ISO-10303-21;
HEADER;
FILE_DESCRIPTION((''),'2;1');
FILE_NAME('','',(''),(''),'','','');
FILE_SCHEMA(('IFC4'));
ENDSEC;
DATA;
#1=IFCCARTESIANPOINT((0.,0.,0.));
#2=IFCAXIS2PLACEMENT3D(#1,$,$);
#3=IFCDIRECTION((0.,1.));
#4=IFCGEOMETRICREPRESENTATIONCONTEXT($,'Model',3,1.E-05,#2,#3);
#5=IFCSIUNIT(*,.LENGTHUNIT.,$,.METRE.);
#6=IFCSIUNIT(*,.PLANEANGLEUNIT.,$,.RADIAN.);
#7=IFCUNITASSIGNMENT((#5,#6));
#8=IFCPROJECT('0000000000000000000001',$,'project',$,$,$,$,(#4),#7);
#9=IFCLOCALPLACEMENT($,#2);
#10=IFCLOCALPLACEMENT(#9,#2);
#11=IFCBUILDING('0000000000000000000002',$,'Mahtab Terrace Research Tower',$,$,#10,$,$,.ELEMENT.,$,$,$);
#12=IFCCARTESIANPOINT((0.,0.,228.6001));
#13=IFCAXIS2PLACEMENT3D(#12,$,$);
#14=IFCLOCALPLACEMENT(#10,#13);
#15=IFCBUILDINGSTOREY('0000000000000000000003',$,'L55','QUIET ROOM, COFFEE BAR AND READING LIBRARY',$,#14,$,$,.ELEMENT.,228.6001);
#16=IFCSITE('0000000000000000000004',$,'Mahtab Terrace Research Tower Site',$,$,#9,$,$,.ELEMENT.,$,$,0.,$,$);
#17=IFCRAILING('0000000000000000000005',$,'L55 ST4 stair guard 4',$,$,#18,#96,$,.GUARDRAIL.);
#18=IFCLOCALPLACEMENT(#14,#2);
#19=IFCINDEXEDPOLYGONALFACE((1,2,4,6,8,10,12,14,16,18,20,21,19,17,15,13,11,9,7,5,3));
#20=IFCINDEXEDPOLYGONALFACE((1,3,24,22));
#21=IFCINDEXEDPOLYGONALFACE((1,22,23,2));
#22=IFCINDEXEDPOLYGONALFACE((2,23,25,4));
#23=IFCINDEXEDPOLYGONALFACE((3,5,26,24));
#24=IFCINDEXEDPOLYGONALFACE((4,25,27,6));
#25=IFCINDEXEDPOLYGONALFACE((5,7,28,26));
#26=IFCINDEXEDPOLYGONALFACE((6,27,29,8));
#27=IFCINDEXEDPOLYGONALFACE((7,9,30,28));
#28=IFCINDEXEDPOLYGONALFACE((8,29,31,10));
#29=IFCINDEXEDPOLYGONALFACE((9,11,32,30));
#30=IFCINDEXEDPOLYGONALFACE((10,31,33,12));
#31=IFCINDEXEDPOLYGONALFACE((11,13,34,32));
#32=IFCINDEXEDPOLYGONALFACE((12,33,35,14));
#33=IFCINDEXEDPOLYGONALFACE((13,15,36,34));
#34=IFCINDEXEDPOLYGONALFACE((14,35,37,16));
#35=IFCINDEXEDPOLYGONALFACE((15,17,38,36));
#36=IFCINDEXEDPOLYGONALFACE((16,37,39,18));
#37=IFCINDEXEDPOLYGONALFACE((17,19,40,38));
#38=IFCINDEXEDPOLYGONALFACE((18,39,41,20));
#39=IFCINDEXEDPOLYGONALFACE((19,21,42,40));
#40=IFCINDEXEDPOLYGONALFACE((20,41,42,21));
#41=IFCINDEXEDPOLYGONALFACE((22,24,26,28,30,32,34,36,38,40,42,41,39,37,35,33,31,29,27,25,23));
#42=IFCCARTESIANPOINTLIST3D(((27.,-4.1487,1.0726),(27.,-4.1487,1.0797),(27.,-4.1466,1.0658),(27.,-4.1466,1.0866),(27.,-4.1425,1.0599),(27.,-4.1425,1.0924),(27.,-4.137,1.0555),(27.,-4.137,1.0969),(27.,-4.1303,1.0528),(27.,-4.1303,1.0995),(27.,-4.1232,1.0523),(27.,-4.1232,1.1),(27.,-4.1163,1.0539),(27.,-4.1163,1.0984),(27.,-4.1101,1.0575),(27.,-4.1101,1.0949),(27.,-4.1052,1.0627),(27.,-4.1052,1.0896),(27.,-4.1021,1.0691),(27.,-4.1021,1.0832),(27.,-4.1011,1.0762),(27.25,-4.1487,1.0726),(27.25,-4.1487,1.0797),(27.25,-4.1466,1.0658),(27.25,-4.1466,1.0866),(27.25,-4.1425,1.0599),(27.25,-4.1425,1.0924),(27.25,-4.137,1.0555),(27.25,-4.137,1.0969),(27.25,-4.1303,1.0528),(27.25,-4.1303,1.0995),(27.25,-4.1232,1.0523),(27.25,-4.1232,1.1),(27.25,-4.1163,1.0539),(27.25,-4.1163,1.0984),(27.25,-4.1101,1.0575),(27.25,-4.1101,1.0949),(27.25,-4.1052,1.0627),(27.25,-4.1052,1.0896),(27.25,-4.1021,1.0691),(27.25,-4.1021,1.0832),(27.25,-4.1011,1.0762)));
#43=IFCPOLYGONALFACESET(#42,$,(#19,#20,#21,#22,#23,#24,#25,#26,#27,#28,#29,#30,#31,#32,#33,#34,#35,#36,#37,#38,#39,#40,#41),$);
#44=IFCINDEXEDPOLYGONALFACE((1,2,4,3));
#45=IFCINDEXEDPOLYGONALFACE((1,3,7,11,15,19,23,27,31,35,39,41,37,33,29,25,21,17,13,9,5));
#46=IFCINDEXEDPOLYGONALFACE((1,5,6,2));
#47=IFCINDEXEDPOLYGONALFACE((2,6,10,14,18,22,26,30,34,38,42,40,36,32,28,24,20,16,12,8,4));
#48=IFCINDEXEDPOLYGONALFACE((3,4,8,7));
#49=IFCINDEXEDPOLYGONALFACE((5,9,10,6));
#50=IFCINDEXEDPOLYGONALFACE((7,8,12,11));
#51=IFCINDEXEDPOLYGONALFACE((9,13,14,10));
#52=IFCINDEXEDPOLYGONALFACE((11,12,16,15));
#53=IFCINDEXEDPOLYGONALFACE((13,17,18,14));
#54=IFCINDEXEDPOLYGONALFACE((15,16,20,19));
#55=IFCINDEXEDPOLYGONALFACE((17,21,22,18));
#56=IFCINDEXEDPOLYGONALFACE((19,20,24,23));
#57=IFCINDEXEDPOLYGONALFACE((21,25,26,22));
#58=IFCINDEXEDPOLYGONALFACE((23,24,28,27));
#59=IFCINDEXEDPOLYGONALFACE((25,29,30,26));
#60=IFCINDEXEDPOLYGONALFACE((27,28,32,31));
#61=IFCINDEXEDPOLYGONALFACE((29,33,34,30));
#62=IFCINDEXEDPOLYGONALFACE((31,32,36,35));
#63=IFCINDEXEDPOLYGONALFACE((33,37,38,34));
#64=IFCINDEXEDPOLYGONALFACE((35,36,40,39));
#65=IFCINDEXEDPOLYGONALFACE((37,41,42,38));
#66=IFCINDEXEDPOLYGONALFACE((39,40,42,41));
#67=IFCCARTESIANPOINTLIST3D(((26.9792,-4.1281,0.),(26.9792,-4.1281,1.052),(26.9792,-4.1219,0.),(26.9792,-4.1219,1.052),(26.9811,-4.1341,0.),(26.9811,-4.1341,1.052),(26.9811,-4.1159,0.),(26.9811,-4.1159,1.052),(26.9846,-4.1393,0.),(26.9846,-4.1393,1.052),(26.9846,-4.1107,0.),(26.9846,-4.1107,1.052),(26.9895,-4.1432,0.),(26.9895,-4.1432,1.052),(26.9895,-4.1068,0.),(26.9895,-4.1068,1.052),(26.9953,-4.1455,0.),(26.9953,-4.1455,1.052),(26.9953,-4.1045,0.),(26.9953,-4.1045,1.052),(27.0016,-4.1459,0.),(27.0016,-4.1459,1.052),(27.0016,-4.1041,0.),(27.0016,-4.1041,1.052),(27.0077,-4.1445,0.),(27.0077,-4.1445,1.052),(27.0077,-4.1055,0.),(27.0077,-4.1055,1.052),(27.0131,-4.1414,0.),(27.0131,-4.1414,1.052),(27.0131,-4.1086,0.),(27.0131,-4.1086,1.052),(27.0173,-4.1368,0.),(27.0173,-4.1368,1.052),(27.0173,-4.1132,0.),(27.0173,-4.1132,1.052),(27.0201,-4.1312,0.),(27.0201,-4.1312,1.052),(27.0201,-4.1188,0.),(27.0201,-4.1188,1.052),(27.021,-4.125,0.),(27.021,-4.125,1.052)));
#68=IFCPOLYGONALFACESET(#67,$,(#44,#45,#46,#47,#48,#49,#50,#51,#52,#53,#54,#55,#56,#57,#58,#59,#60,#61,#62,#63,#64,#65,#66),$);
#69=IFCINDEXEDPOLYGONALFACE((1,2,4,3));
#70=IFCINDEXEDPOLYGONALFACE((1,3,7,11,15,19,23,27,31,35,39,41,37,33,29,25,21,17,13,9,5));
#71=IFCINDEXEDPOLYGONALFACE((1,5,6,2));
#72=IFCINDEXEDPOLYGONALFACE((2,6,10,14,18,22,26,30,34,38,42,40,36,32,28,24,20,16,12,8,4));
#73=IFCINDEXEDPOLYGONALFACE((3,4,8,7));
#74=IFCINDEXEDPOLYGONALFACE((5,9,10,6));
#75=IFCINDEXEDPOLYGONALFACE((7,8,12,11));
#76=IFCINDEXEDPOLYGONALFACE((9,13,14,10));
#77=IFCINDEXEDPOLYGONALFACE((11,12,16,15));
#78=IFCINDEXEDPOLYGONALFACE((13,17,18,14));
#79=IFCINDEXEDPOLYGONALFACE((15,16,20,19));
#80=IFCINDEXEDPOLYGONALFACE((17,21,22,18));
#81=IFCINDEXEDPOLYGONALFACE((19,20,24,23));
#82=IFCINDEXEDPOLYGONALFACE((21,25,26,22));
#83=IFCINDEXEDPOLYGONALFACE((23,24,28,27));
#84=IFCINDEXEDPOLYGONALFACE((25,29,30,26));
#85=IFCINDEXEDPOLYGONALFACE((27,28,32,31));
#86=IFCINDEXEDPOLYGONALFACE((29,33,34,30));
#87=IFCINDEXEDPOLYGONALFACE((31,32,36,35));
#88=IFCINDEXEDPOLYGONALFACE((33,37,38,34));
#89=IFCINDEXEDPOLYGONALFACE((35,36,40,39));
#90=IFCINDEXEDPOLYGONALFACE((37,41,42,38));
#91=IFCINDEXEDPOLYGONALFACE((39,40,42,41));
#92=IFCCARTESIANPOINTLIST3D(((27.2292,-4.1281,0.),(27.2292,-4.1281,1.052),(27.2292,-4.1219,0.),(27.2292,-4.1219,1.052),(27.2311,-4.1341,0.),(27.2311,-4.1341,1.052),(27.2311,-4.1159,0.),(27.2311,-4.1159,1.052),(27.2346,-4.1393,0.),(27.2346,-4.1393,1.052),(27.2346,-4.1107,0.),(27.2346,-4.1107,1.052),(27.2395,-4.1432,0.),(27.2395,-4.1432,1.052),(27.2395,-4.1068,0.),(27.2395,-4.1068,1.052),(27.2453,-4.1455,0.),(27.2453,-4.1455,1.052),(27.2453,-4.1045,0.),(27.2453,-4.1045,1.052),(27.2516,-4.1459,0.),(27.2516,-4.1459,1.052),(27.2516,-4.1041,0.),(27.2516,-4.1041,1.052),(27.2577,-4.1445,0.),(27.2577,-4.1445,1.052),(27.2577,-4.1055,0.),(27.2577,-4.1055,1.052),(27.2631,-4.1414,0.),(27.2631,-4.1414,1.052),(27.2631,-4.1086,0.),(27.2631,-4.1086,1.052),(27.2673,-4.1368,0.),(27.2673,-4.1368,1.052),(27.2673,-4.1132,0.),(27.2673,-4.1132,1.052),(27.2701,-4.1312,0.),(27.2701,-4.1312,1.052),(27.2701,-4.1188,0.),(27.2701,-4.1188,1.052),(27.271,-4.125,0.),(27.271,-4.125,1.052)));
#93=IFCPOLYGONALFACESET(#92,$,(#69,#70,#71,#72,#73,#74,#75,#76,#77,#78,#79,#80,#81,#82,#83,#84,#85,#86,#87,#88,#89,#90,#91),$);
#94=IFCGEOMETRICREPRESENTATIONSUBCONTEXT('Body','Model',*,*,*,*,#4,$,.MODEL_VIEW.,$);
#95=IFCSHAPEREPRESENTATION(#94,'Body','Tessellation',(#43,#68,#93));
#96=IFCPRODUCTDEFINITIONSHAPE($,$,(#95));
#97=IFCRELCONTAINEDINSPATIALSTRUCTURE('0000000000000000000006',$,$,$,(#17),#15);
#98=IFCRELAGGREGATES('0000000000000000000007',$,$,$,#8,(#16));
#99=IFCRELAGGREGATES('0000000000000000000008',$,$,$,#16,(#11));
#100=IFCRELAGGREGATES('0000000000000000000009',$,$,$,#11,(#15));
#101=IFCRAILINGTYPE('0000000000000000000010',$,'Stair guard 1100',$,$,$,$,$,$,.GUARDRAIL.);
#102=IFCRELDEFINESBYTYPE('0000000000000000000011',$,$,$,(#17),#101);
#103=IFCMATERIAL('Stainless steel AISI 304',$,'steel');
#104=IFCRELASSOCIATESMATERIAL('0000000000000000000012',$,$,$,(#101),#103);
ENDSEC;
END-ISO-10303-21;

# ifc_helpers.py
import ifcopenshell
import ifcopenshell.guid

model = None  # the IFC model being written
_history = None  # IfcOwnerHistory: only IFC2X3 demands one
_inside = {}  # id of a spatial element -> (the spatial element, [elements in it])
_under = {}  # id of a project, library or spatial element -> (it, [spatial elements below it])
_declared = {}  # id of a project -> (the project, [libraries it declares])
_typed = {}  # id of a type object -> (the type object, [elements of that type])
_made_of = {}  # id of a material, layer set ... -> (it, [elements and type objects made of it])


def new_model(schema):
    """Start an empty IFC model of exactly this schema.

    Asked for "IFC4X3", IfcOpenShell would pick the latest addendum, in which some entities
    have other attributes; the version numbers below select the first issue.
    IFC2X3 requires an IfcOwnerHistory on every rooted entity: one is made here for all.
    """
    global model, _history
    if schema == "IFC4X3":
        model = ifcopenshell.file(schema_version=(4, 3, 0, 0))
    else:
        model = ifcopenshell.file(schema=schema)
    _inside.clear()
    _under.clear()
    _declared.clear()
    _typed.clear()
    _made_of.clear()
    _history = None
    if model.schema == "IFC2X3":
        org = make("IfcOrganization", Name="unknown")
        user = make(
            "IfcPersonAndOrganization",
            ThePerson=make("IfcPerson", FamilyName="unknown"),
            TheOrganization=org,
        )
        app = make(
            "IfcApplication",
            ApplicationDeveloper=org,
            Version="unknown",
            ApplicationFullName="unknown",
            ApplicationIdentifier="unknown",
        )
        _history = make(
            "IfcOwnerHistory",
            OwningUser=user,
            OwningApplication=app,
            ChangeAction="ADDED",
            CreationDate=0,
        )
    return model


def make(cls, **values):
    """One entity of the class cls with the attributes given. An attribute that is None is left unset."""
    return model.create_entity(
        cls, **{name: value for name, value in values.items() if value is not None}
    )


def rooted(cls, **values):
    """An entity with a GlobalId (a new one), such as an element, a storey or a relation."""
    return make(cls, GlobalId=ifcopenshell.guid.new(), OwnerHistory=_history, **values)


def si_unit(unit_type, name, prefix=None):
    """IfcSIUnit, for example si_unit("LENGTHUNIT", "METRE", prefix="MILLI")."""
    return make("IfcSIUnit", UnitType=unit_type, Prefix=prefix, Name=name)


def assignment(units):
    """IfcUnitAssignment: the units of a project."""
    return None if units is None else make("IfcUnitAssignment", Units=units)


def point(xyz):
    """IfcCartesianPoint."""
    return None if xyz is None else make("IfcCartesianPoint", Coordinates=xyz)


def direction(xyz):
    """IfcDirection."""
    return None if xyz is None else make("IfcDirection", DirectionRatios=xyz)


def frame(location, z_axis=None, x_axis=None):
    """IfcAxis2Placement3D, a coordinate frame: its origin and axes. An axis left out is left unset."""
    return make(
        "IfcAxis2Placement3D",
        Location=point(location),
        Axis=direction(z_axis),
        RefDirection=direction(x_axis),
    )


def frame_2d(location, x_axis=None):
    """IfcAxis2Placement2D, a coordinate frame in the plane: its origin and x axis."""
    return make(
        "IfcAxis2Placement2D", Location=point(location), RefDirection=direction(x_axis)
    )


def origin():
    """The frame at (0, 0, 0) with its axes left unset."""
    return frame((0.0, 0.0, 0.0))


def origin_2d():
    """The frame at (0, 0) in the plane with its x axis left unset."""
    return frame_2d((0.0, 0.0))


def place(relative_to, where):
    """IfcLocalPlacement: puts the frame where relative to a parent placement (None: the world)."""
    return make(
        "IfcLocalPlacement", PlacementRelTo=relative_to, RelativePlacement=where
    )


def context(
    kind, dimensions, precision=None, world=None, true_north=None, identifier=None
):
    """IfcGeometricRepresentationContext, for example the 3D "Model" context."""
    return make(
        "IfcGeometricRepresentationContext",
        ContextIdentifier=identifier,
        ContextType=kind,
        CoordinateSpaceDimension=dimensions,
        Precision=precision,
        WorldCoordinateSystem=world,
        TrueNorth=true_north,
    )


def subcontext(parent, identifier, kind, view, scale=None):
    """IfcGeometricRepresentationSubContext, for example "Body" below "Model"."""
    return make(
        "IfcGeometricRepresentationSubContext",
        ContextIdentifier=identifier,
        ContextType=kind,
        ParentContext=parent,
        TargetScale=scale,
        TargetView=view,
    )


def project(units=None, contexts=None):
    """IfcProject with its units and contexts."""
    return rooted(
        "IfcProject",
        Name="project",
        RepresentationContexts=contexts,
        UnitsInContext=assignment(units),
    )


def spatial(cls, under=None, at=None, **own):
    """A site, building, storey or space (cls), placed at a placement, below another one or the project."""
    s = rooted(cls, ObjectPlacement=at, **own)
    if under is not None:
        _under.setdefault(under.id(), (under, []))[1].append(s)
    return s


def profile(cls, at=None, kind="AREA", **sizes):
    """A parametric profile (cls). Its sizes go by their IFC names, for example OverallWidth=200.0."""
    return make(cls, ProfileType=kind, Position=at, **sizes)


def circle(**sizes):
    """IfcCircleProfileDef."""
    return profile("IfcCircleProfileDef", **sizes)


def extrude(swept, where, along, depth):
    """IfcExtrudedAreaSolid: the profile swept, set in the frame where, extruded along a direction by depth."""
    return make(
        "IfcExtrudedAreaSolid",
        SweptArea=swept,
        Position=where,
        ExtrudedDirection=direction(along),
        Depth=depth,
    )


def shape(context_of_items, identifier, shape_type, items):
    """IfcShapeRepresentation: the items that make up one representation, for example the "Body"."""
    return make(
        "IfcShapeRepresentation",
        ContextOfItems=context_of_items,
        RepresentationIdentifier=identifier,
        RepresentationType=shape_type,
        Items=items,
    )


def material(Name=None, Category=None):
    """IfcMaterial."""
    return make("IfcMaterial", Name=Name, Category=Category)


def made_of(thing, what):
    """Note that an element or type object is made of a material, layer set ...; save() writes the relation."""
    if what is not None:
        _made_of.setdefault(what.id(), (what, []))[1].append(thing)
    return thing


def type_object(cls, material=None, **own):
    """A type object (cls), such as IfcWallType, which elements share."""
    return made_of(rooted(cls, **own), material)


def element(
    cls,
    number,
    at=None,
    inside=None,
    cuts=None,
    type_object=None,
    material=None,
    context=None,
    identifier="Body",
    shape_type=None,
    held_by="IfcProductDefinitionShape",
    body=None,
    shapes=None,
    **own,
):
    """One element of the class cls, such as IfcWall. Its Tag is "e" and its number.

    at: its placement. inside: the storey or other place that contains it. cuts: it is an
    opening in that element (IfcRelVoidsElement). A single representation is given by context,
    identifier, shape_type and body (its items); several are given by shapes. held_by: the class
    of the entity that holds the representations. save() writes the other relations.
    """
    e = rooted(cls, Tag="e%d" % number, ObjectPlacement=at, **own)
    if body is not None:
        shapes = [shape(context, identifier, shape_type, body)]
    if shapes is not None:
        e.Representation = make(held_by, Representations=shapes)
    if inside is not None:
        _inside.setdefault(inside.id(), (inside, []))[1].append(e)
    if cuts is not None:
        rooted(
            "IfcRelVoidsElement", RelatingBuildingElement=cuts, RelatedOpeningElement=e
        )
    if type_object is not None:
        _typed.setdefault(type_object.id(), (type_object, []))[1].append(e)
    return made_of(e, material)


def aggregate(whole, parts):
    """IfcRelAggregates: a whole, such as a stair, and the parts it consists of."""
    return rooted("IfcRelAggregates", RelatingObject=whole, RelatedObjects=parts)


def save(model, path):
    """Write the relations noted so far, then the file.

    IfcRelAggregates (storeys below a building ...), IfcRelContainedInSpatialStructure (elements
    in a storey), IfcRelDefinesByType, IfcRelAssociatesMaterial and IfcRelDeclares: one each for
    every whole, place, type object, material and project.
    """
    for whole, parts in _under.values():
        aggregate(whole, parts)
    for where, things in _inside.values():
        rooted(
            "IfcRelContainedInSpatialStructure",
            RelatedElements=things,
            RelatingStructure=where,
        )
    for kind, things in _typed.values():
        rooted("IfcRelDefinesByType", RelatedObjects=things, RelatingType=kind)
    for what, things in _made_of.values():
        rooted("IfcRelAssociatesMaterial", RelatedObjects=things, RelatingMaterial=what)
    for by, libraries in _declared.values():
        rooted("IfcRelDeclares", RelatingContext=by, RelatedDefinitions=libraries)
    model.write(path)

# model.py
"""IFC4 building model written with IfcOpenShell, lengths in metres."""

from ifc_helpers import new_model, si_unit, direction, frame, origin, origin_2d, place, context, subcontext, project, spatial, circle, extrude, material, type_object, element, save


model = new_model("IFC4")

# Units and contexts
model_context = context("Model", 3, precision=1e-05, world=origin(), true_north=direction((0.0, 1.0)))
body_context = subcontext(model_context, "Body", "Model", "MODEL_VIEW")
ifc_project = project(units=[si_unit("LENGTHUNIT", "METRE"), si_unit("PLANEANGLEUNIT", "RADIAN")], contexts=[model_context])

# Site, building, storey
site_placement = place(None, origin())
site = spatial("IfcSite", under=ifc_project, at=site_placement, Name="Mahtab Terrace Research Tower Site", CompositionType="ELEMENT", RefElevation=0.0)
building_placement = place(site_placement, origin())
building = spatial("IfcBuilding", under=site, at=building_placement, Name="Mahtab Terrace Research Tower", CompositionType="ELEMENT")
storey_placement = place(building_placement, frame((0.0, 0.0, 228.6001)))
storey = spatial("IfcBuildingStorey", under=building, at=storey_placement, Name="L55", Description="QUIET ROOM, COFFEE BAR AND READING LIBRARY", CompositionType="ELEMENT", Elevation=228.6001)

# Railing
ifc_material_1 = material(Name="Stainless steel AISI 304", Category="steel")
railing_type_1 = type_object("IfcRailingType", Name="Stair guard 1100", PredefinedType="GUARDRAIL", material=ifc_material_1)
railing_1_placement = place(storey_placement, frame((27.0, -4.125, 0.0)))
element("IfcRailing", 1, at=railing_1_placement, inside=storey, type_object=railing_type_1, Name="L55 ST4 stair guard 4", PredefinedType="GUARDRAIL", context=body_context, shape_type="SweptSolid", body=[
    extrude(circle(Radius=0.0239, at=origin_2d()), frame((0.0, 0.0, 1.0762), z_axis=(1.0, 0.0, 0.0), x_axis=(0.0, 1.0, 0.0)), (0.0, 0.0, 1.0), 0.25),
    extrude(circle(Radius=0.021, at=origin_2d()), origin(), (0.0, 0.0, 1.0), 1.052),
    extrude(circle(Radius=0.021, at=origin_2d()), frame((0.25, 0.0, 0.0)), (0.0, 0.0, 1.0), 1.052),
])

save(model, "model.ifc")
